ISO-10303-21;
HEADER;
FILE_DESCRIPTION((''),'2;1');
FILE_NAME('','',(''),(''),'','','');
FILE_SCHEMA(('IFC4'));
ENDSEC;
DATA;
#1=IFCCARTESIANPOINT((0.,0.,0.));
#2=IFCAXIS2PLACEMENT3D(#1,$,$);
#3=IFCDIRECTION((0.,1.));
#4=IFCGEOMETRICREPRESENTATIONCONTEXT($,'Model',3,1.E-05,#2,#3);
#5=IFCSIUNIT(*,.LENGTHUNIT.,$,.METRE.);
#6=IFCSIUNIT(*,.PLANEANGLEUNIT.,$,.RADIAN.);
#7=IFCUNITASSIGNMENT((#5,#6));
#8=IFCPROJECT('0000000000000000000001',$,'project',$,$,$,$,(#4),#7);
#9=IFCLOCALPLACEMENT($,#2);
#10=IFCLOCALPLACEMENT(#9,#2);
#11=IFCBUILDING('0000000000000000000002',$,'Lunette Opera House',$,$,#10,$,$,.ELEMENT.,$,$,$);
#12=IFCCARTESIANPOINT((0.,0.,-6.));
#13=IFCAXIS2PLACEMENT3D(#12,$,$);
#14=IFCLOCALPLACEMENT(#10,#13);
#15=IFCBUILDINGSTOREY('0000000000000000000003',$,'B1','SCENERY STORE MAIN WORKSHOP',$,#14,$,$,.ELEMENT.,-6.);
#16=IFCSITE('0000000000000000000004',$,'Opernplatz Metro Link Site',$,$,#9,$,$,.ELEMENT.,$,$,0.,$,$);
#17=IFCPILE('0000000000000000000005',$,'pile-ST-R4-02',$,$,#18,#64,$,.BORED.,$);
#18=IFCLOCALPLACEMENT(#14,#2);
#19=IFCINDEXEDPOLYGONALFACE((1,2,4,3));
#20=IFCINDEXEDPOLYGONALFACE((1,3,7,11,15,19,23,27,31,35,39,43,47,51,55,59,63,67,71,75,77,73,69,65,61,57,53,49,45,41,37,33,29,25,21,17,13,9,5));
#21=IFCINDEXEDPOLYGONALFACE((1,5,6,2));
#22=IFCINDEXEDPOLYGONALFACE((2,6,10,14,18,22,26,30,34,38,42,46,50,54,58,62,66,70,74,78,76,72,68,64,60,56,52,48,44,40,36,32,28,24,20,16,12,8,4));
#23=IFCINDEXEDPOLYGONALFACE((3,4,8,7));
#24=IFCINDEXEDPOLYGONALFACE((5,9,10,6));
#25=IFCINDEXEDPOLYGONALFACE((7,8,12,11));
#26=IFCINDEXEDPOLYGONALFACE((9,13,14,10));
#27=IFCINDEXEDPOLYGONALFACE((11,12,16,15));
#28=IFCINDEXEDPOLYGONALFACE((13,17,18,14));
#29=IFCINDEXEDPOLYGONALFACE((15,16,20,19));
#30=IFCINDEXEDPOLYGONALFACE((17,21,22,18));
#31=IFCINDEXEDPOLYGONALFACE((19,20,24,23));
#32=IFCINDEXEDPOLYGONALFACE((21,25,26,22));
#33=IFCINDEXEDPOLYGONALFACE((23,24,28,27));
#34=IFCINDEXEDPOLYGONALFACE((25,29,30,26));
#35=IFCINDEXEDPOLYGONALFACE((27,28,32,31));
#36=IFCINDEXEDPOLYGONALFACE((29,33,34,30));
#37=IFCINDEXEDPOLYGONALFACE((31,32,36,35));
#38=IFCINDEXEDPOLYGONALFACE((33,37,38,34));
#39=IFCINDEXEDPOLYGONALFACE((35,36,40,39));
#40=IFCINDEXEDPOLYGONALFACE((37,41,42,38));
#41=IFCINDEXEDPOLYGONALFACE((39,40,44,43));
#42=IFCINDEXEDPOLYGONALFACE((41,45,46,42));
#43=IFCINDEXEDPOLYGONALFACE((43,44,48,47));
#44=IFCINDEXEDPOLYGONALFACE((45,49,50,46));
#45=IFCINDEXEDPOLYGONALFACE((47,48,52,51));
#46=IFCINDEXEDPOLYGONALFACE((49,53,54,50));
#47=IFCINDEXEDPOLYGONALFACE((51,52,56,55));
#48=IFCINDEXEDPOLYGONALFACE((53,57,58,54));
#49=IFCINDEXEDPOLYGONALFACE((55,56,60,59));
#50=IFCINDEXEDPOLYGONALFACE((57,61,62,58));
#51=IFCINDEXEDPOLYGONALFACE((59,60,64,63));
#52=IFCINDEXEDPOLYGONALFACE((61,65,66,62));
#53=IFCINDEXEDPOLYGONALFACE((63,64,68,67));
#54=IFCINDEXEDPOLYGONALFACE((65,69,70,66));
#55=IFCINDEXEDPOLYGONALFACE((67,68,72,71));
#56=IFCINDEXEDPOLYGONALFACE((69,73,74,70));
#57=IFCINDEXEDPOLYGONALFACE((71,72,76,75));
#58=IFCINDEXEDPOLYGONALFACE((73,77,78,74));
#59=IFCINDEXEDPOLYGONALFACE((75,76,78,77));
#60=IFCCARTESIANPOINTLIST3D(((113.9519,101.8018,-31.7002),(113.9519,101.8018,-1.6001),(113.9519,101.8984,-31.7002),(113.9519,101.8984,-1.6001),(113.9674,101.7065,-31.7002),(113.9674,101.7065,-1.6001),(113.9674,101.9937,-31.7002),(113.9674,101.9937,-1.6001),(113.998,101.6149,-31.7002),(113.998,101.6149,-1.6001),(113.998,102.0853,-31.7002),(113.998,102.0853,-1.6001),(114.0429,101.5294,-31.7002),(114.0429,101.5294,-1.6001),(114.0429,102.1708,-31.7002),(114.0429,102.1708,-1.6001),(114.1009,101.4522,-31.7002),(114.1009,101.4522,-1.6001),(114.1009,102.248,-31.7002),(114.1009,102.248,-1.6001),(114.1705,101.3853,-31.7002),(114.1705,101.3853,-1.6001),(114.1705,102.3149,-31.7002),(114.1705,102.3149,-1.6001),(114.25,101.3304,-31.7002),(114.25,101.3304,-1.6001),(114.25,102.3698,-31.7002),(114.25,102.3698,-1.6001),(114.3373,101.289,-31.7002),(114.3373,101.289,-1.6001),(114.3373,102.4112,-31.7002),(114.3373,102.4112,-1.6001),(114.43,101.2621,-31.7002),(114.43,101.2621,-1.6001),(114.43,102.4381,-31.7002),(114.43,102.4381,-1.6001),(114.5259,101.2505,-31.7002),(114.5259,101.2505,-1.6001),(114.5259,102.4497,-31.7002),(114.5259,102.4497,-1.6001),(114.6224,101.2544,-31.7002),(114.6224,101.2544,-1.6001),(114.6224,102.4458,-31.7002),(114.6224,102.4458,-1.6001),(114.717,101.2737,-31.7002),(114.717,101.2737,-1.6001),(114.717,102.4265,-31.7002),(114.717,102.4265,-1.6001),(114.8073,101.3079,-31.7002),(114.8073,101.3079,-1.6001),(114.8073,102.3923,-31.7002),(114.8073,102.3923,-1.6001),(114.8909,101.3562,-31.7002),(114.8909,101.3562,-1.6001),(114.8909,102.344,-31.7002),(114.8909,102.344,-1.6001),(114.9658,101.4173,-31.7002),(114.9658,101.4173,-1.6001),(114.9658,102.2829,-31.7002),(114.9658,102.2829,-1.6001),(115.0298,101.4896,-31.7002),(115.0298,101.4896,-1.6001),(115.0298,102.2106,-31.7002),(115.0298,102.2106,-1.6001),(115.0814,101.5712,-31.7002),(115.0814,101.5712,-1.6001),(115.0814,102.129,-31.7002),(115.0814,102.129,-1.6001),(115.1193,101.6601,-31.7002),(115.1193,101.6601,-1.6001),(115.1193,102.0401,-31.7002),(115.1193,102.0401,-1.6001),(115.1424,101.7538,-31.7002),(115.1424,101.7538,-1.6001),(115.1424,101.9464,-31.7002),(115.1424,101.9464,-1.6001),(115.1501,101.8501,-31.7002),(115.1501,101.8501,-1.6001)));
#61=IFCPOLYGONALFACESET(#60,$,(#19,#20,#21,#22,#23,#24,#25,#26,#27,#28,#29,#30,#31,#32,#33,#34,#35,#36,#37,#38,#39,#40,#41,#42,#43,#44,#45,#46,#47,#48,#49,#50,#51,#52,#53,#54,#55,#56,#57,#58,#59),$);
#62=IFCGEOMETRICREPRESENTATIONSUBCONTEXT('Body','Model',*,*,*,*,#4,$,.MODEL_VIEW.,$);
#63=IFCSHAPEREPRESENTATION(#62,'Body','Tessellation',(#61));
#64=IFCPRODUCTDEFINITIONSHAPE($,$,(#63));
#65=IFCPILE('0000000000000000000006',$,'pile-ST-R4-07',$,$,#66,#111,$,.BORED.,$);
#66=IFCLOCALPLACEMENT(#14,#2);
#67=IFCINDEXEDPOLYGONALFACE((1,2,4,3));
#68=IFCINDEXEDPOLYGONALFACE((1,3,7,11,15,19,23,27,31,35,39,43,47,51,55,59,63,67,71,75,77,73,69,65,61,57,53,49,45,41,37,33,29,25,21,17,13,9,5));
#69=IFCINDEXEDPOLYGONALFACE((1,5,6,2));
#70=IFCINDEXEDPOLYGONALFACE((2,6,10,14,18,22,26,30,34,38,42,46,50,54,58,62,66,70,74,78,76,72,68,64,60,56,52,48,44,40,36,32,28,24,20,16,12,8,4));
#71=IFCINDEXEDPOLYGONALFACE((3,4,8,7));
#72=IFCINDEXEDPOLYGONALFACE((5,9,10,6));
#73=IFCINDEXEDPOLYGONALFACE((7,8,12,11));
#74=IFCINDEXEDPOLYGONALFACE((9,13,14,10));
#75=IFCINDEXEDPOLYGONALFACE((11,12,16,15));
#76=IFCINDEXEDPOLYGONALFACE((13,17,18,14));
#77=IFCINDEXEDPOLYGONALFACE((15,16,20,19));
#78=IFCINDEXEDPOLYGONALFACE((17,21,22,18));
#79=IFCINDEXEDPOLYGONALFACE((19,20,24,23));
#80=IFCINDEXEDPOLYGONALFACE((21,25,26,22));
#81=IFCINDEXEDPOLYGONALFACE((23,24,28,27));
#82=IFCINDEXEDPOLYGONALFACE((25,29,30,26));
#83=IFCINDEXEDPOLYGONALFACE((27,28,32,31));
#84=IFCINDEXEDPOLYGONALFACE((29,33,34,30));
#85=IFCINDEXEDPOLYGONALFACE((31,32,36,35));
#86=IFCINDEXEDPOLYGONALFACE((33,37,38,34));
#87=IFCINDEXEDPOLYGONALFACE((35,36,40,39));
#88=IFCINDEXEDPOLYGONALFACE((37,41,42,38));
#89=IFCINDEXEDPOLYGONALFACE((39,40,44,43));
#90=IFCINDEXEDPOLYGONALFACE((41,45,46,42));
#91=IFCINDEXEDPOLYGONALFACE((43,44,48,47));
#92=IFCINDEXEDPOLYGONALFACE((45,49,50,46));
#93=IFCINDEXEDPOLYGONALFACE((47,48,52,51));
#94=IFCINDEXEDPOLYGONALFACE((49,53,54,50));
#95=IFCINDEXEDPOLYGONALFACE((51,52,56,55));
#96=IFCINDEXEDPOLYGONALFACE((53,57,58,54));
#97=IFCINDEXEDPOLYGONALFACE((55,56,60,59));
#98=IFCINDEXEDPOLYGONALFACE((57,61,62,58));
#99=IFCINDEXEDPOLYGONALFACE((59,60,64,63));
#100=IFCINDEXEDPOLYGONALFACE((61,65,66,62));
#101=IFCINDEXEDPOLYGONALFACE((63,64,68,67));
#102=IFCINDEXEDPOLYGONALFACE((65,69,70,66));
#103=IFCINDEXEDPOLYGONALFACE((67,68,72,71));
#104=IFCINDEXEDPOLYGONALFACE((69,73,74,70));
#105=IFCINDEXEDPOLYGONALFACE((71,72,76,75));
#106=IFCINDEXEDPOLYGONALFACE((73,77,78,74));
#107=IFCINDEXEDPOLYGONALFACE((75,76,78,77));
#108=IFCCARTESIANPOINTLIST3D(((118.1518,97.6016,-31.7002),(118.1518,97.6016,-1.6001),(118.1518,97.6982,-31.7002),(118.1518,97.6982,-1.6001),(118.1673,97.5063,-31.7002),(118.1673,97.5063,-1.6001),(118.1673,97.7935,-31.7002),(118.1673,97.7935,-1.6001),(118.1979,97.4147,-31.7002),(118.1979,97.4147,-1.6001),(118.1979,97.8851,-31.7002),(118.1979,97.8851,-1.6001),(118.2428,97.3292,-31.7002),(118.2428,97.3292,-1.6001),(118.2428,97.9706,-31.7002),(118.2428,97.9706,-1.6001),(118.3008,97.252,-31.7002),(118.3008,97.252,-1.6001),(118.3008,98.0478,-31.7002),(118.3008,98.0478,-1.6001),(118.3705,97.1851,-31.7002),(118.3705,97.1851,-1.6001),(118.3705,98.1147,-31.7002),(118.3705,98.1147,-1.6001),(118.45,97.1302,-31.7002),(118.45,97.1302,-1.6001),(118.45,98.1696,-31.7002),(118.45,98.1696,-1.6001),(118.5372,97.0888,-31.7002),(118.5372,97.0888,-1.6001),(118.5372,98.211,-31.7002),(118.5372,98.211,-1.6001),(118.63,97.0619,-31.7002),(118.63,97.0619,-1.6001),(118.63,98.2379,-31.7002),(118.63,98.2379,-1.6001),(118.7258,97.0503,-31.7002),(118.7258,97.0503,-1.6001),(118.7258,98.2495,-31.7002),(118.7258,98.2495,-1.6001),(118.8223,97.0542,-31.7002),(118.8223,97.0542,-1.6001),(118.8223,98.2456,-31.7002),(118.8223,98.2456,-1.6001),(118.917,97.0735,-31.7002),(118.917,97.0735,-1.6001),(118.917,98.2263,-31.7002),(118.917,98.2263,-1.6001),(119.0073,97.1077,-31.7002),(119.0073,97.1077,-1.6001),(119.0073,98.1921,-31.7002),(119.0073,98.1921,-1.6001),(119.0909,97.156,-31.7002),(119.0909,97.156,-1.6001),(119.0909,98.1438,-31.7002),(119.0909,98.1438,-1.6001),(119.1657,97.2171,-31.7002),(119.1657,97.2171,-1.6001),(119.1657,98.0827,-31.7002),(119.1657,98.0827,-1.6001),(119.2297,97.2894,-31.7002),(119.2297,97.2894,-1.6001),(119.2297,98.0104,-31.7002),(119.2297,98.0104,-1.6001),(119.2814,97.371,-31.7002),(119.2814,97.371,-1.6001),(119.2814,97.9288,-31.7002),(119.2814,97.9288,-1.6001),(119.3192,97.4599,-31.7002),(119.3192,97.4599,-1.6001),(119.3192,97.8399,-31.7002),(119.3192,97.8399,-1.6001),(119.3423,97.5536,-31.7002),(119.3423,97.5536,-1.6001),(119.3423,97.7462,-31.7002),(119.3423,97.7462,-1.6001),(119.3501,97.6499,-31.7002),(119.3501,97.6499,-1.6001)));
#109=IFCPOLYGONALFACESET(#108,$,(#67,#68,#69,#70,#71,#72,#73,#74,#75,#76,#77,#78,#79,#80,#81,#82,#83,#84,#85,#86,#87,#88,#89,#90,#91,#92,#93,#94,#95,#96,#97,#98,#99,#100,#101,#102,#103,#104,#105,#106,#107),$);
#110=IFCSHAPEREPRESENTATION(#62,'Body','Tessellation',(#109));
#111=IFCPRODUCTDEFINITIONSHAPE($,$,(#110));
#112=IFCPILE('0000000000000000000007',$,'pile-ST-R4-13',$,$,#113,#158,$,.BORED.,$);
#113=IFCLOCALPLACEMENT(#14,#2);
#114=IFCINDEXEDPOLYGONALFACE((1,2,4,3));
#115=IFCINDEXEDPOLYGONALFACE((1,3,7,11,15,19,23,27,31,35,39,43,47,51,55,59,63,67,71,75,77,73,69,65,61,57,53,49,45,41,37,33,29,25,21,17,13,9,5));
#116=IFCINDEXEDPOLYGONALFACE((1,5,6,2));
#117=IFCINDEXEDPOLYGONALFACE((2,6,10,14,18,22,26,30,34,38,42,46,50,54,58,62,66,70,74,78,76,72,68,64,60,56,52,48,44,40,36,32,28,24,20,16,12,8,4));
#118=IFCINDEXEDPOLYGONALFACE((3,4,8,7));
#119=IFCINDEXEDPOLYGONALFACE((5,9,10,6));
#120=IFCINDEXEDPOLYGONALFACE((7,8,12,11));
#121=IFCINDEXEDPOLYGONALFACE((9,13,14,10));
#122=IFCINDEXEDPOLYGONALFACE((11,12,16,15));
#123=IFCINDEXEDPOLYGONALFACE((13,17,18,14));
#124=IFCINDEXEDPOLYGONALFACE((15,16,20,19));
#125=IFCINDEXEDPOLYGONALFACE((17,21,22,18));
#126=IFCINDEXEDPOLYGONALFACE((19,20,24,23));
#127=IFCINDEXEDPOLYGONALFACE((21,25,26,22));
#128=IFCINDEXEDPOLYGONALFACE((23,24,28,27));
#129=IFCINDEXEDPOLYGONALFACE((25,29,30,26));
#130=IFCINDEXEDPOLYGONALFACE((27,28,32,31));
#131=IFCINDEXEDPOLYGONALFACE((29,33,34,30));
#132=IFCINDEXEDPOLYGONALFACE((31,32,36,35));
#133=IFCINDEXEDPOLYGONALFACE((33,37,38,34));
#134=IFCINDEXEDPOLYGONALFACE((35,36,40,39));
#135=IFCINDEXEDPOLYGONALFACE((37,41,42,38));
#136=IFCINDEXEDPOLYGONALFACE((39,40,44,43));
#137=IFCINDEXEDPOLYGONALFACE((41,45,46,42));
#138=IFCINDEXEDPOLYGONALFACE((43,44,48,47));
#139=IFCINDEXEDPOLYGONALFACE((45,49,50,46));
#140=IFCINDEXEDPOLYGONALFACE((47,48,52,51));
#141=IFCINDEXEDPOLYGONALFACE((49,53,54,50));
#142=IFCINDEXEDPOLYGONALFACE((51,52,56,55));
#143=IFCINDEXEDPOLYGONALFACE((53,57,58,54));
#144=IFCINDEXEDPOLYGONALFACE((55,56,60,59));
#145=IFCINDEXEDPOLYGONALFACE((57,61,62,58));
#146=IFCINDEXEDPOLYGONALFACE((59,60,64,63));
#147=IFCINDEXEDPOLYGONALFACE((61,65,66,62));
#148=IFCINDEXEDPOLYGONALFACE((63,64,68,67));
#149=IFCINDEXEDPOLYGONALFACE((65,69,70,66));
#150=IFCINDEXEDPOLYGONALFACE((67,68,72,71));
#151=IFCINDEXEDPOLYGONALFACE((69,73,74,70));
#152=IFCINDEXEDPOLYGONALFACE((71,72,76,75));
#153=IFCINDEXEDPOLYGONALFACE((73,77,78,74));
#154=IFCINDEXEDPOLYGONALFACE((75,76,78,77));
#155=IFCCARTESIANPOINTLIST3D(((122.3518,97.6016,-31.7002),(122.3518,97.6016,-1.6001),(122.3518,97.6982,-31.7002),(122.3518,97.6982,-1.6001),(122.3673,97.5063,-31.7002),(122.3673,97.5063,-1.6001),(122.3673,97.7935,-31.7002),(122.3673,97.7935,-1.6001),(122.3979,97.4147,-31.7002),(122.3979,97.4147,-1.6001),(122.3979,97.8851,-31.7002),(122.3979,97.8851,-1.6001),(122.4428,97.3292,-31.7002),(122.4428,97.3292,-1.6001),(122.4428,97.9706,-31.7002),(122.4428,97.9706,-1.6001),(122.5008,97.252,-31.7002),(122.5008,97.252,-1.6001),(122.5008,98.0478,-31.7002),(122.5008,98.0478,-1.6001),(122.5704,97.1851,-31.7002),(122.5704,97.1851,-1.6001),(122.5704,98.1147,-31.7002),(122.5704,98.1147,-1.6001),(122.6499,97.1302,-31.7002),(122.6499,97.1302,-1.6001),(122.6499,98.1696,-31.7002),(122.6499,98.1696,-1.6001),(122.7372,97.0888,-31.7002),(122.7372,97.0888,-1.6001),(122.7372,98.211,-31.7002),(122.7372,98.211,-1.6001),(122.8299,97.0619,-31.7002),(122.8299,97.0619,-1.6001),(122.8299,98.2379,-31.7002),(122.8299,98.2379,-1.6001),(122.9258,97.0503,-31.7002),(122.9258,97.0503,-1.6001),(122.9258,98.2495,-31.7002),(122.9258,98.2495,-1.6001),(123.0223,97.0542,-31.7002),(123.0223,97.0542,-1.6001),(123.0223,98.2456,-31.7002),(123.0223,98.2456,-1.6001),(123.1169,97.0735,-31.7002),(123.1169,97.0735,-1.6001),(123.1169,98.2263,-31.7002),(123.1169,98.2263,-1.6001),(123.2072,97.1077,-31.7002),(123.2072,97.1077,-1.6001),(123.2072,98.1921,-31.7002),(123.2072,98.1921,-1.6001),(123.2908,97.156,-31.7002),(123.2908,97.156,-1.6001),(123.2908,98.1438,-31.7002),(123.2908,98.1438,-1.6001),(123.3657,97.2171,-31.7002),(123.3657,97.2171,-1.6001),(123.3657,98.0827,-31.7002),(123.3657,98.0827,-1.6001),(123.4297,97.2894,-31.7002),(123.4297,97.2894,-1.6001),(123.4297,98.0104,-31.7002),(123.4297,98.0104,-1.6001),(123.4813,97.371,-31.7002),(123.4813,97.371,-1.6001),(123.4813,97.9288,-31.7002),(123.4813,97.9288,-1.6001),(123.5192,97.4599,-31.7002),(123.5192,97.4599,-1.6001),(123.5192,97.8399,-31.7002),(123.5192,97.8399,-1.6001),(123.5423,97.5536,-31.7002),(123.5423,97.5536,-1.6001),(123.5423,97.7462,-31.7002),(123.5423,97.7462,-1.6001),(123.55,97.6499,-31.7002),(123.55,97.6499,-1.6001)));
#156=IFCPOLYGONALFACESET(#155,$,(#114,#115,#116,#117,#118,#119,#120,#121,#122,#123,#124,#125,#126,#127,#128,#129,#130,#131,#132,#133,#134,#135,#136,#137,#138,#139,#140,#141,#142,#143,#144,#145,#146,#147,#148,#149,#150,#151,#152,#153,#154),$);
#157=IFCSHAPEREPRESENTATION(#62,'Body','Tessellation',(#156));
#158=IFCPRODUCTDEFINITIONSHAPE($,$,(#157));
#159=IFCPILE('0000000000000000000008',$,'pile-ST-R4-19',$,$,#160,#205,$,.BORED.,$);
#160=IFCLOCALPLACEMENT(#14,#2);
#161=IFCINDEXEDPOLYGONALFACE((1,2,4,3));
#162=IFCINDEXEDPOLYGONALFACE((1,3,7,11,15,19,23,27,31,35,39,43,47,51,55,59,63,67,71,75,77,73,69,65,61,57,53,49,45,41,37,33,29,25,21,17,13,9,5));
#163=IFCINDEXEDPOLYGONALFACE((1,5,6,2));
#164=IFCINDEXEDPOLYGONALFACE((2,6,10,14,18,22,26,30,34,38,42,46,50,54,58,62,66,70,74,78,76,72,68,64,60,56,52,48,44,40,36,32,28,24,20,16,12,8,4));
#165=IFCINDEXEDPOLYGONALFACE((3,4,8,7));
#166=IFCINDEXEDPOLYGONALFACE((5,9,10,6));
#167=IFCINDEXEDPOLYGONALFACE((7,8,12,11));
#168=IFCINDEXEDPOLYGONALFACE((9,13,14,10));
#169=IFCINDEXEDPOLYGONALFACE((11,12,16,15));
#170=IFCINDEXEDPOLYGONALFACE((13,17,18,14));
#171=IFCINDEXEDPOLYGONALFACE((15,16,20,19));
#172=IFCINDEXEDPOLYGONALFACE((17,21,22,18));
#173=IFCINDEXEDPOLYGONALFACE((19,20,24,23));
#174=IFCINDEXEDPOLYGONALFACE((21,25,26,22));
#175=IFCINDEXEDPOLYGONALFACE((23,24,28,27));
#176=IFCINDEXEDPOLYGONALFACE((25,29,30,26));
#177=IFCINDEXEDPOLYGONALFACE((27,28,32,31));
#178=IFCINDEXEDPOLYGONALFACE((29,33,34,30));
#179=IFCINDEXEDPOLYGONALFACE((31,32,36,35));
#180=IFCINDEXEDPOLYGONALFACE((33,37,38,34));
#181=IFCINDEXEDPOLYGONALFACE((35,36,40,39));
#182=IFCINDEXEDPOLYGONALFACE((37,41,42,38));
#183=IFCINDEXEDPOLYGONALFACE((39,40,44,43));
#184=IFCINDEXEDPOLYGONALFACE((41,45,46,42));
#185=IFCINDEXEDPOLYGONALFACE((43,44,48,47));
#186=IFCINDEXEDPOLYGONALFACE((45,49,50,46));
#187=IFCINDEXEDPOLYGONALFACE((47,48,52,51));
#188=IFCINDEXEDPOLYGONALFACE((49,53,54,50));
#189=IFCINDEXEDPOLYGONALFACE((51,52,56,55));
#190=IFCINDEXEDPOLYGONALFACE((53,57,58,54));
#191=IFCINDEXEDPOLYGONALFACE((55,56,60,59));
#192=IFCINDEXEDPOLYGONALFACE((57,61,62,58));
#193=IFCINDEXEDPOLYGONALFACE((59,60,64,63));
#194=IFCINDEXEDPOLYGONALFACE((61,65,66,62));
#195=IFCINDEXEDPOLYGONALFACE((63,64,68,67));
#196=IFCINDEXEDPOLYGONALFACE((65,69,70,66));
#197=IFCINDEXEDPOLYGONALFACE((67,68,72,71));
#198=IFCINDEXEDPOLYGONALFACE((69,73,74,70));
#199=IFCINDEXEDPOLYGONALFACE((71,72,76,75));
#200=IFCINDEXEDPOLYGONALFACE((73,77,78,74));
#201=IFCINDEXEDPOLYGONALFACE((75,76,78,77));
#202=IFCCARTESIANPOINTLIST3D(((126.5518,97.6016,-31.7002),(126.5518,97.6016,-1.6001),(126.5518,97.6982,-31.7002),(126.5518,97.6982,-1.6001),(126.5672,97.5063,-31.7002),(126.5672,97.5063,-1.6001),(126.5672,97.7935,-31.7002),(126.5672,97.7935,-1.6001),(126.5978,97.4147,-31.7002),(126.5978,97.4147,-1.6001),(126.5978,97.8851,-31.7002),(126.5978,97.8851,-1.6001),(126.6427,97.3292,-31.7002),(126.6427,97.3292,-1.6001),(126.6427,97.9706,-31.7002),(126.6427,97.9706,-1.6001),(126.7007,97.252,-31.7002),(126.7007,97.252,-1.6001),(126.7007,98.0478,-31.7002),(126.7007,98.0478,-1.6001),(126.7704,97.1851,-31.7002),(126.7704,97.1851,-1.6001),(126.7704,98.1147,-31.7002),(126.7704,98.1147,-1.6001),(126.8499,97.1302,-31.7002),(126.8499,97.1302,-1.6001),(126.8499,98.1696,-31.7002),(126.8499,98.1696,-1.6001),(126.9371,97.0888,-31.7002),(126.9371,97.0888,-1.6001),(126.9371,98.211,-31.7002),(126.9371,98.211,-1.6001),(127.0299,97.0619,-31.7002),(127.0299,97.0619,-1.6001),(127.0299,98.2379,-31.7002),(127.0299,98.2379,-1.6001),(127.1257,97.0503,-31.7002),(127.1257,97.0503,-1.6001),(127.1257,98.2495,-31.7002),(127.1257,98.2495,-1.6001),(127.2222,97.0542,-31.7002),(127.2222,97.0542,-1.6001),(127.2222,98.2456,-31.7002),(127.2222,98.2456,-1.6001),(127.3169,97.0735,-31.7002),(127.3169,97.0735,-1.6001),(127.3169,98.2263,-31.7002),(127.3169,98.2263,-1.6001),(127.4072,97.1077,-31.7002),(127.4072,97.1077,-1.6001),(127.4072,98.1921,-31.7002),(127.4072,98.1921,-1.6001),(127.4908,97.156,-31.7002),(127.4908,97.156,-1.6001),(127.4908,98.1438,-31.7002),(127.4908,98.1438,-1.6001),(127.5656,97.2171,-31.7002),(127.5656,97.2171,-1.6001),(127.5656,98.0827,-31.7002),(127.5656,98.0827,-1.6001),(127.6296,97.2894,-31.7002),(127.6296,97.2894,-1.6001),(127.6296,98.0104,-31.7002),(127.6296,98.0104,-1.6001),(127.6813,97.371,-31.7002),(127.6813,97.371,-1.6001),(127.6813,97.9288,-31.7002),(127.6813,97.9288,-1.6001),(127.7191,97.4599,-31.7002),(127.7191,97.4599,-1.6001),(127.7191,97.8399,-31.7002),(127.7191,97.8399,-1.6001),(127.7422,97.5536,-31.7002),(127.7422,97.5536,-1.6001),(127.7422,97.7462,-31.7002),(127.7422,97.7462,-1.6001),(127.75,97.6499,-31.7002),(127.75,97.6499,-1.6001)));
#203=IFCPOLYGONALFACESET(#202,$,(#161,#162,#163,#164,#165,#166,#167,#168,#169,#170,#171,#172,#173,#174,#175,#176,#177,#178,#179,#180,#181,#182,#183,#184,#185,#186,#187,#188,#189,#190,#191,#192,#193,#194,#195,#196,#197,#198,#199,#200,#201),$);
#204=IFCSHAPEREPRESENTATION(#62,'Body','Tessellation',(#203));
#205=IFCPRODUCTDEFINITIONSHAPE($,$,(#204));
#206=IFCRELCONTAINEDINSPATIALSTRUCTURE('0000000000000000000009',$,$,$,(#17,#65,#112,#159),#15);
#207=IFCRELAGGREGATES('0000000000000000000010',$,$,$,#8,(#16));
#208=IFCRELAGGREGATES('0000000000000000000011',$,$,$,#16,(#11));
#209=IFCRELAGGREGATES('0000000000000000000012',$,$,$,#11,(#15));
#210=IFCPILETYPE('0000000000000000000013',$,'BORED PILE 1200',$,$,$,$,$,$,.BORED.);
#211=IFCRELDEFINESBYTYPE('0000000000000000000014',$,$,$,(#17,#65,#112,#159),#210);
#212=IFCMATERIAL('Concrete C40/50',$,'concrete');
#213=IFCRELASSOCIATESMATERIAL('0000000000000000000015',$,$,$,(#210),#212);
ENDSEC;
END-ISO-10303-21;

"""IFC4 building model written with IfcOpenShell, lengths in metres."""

from ifc_helpers import new_model, si_unit, direction, frame, origin, origin_2d, place, context, subcontext, project, spatial, circle, extrude, material, material_profile, profile_set, type_object, element, save


model = new_model("IFC4")

# Units and contexts
model_context = context("Model", 3, precision=1e-05, world=origin(), true_north=direction((0.0, 1.0)))
body_context = subcontext(model_context, "Body", "Model", "MODEL_VIEW")
ifc_project = project(units=[si_unit("LENGTHUNIT", "METRE"), si_unit("PLANEANGLEUNIT", "RADIAN")], contexts=[model_context])

# Site, building, storey
site_placement = place(None, origin())
site = spatial("IfcSite", under=ifc_project, at=site_placement, Name="Opernplatz Metro Link Site", CompositionType="ELEMENT", RefElevation=0.0)
building_placement = place(site_placement, origin())
building = spatial("IfcBuilding", under=site, at=building_placement, Name="Lunette Opera House", CompositionType="ELEMENT")
storey_placement = place(building_placement, frame((0.0, 0.0, -6.0)))
storey = spatial("IfcBuildingStorey", under=building, at=storey_placement, Name="B1", Description="SCENERY STORE MAIN WORKSHOP", CompositionType="ELEMENT", Elevation=-6.0)

# Piles
ifc_material_1 = material(Name="Concrete C40/50", Category="concrete")
ifc_material_profile = material_profile(ifc_material_1, circle(Radius=0.6001, at=origin_2d()), Name="BORED PILE 1200")
ifc_profile_set = profile_set([ifc_material_profile], Name="Concrete C40/50")
pile_type = type_object("IfcPileType", Name="BORED PILE 1200", PredefinedType="BORED", material=ifc_profile_set)
for number, where, z_axis, x_axis, name in (
    (1, (114.55, 101.8501, -1.6001), (0.0, 0.0, -1.0), (1.0, 0.0, 0.0), "pile-ST-R4-02"),
    (2, (118.75, 97.6499, -1.6001), (0.0, 0.0, -1.0), (1.0, 0.0, 0.0), "pile-ST-R4-07"),
    (3, (122.95, 97.6499, -1.6001), (0.0, 0.0, -1.0), (1.0, 0.0, 0.0), "pile-ST-R4-13"),
    (4, (127.1499, 97.6499, -1.6001), (0.0, 0.0, -1.0), (1.0, 0.0, 0.0), "pile-ST-R4-19"),
):
    element("IfcPile", number, at=place(storey_placement, frame(where, z_axis=z_axis, x_axis=x_axis)), inside=storey, type_object=pile_type, Name=name, PredefinedType="BORED", context=body_context, shape_type="SweptSolid", body=[
        extrude(circle(Radius=0.6001, at=origin_2d()), origin(), (0.0, 0.0, 1.0), 30.1001),
    ])

save(model, "model.ifc")
